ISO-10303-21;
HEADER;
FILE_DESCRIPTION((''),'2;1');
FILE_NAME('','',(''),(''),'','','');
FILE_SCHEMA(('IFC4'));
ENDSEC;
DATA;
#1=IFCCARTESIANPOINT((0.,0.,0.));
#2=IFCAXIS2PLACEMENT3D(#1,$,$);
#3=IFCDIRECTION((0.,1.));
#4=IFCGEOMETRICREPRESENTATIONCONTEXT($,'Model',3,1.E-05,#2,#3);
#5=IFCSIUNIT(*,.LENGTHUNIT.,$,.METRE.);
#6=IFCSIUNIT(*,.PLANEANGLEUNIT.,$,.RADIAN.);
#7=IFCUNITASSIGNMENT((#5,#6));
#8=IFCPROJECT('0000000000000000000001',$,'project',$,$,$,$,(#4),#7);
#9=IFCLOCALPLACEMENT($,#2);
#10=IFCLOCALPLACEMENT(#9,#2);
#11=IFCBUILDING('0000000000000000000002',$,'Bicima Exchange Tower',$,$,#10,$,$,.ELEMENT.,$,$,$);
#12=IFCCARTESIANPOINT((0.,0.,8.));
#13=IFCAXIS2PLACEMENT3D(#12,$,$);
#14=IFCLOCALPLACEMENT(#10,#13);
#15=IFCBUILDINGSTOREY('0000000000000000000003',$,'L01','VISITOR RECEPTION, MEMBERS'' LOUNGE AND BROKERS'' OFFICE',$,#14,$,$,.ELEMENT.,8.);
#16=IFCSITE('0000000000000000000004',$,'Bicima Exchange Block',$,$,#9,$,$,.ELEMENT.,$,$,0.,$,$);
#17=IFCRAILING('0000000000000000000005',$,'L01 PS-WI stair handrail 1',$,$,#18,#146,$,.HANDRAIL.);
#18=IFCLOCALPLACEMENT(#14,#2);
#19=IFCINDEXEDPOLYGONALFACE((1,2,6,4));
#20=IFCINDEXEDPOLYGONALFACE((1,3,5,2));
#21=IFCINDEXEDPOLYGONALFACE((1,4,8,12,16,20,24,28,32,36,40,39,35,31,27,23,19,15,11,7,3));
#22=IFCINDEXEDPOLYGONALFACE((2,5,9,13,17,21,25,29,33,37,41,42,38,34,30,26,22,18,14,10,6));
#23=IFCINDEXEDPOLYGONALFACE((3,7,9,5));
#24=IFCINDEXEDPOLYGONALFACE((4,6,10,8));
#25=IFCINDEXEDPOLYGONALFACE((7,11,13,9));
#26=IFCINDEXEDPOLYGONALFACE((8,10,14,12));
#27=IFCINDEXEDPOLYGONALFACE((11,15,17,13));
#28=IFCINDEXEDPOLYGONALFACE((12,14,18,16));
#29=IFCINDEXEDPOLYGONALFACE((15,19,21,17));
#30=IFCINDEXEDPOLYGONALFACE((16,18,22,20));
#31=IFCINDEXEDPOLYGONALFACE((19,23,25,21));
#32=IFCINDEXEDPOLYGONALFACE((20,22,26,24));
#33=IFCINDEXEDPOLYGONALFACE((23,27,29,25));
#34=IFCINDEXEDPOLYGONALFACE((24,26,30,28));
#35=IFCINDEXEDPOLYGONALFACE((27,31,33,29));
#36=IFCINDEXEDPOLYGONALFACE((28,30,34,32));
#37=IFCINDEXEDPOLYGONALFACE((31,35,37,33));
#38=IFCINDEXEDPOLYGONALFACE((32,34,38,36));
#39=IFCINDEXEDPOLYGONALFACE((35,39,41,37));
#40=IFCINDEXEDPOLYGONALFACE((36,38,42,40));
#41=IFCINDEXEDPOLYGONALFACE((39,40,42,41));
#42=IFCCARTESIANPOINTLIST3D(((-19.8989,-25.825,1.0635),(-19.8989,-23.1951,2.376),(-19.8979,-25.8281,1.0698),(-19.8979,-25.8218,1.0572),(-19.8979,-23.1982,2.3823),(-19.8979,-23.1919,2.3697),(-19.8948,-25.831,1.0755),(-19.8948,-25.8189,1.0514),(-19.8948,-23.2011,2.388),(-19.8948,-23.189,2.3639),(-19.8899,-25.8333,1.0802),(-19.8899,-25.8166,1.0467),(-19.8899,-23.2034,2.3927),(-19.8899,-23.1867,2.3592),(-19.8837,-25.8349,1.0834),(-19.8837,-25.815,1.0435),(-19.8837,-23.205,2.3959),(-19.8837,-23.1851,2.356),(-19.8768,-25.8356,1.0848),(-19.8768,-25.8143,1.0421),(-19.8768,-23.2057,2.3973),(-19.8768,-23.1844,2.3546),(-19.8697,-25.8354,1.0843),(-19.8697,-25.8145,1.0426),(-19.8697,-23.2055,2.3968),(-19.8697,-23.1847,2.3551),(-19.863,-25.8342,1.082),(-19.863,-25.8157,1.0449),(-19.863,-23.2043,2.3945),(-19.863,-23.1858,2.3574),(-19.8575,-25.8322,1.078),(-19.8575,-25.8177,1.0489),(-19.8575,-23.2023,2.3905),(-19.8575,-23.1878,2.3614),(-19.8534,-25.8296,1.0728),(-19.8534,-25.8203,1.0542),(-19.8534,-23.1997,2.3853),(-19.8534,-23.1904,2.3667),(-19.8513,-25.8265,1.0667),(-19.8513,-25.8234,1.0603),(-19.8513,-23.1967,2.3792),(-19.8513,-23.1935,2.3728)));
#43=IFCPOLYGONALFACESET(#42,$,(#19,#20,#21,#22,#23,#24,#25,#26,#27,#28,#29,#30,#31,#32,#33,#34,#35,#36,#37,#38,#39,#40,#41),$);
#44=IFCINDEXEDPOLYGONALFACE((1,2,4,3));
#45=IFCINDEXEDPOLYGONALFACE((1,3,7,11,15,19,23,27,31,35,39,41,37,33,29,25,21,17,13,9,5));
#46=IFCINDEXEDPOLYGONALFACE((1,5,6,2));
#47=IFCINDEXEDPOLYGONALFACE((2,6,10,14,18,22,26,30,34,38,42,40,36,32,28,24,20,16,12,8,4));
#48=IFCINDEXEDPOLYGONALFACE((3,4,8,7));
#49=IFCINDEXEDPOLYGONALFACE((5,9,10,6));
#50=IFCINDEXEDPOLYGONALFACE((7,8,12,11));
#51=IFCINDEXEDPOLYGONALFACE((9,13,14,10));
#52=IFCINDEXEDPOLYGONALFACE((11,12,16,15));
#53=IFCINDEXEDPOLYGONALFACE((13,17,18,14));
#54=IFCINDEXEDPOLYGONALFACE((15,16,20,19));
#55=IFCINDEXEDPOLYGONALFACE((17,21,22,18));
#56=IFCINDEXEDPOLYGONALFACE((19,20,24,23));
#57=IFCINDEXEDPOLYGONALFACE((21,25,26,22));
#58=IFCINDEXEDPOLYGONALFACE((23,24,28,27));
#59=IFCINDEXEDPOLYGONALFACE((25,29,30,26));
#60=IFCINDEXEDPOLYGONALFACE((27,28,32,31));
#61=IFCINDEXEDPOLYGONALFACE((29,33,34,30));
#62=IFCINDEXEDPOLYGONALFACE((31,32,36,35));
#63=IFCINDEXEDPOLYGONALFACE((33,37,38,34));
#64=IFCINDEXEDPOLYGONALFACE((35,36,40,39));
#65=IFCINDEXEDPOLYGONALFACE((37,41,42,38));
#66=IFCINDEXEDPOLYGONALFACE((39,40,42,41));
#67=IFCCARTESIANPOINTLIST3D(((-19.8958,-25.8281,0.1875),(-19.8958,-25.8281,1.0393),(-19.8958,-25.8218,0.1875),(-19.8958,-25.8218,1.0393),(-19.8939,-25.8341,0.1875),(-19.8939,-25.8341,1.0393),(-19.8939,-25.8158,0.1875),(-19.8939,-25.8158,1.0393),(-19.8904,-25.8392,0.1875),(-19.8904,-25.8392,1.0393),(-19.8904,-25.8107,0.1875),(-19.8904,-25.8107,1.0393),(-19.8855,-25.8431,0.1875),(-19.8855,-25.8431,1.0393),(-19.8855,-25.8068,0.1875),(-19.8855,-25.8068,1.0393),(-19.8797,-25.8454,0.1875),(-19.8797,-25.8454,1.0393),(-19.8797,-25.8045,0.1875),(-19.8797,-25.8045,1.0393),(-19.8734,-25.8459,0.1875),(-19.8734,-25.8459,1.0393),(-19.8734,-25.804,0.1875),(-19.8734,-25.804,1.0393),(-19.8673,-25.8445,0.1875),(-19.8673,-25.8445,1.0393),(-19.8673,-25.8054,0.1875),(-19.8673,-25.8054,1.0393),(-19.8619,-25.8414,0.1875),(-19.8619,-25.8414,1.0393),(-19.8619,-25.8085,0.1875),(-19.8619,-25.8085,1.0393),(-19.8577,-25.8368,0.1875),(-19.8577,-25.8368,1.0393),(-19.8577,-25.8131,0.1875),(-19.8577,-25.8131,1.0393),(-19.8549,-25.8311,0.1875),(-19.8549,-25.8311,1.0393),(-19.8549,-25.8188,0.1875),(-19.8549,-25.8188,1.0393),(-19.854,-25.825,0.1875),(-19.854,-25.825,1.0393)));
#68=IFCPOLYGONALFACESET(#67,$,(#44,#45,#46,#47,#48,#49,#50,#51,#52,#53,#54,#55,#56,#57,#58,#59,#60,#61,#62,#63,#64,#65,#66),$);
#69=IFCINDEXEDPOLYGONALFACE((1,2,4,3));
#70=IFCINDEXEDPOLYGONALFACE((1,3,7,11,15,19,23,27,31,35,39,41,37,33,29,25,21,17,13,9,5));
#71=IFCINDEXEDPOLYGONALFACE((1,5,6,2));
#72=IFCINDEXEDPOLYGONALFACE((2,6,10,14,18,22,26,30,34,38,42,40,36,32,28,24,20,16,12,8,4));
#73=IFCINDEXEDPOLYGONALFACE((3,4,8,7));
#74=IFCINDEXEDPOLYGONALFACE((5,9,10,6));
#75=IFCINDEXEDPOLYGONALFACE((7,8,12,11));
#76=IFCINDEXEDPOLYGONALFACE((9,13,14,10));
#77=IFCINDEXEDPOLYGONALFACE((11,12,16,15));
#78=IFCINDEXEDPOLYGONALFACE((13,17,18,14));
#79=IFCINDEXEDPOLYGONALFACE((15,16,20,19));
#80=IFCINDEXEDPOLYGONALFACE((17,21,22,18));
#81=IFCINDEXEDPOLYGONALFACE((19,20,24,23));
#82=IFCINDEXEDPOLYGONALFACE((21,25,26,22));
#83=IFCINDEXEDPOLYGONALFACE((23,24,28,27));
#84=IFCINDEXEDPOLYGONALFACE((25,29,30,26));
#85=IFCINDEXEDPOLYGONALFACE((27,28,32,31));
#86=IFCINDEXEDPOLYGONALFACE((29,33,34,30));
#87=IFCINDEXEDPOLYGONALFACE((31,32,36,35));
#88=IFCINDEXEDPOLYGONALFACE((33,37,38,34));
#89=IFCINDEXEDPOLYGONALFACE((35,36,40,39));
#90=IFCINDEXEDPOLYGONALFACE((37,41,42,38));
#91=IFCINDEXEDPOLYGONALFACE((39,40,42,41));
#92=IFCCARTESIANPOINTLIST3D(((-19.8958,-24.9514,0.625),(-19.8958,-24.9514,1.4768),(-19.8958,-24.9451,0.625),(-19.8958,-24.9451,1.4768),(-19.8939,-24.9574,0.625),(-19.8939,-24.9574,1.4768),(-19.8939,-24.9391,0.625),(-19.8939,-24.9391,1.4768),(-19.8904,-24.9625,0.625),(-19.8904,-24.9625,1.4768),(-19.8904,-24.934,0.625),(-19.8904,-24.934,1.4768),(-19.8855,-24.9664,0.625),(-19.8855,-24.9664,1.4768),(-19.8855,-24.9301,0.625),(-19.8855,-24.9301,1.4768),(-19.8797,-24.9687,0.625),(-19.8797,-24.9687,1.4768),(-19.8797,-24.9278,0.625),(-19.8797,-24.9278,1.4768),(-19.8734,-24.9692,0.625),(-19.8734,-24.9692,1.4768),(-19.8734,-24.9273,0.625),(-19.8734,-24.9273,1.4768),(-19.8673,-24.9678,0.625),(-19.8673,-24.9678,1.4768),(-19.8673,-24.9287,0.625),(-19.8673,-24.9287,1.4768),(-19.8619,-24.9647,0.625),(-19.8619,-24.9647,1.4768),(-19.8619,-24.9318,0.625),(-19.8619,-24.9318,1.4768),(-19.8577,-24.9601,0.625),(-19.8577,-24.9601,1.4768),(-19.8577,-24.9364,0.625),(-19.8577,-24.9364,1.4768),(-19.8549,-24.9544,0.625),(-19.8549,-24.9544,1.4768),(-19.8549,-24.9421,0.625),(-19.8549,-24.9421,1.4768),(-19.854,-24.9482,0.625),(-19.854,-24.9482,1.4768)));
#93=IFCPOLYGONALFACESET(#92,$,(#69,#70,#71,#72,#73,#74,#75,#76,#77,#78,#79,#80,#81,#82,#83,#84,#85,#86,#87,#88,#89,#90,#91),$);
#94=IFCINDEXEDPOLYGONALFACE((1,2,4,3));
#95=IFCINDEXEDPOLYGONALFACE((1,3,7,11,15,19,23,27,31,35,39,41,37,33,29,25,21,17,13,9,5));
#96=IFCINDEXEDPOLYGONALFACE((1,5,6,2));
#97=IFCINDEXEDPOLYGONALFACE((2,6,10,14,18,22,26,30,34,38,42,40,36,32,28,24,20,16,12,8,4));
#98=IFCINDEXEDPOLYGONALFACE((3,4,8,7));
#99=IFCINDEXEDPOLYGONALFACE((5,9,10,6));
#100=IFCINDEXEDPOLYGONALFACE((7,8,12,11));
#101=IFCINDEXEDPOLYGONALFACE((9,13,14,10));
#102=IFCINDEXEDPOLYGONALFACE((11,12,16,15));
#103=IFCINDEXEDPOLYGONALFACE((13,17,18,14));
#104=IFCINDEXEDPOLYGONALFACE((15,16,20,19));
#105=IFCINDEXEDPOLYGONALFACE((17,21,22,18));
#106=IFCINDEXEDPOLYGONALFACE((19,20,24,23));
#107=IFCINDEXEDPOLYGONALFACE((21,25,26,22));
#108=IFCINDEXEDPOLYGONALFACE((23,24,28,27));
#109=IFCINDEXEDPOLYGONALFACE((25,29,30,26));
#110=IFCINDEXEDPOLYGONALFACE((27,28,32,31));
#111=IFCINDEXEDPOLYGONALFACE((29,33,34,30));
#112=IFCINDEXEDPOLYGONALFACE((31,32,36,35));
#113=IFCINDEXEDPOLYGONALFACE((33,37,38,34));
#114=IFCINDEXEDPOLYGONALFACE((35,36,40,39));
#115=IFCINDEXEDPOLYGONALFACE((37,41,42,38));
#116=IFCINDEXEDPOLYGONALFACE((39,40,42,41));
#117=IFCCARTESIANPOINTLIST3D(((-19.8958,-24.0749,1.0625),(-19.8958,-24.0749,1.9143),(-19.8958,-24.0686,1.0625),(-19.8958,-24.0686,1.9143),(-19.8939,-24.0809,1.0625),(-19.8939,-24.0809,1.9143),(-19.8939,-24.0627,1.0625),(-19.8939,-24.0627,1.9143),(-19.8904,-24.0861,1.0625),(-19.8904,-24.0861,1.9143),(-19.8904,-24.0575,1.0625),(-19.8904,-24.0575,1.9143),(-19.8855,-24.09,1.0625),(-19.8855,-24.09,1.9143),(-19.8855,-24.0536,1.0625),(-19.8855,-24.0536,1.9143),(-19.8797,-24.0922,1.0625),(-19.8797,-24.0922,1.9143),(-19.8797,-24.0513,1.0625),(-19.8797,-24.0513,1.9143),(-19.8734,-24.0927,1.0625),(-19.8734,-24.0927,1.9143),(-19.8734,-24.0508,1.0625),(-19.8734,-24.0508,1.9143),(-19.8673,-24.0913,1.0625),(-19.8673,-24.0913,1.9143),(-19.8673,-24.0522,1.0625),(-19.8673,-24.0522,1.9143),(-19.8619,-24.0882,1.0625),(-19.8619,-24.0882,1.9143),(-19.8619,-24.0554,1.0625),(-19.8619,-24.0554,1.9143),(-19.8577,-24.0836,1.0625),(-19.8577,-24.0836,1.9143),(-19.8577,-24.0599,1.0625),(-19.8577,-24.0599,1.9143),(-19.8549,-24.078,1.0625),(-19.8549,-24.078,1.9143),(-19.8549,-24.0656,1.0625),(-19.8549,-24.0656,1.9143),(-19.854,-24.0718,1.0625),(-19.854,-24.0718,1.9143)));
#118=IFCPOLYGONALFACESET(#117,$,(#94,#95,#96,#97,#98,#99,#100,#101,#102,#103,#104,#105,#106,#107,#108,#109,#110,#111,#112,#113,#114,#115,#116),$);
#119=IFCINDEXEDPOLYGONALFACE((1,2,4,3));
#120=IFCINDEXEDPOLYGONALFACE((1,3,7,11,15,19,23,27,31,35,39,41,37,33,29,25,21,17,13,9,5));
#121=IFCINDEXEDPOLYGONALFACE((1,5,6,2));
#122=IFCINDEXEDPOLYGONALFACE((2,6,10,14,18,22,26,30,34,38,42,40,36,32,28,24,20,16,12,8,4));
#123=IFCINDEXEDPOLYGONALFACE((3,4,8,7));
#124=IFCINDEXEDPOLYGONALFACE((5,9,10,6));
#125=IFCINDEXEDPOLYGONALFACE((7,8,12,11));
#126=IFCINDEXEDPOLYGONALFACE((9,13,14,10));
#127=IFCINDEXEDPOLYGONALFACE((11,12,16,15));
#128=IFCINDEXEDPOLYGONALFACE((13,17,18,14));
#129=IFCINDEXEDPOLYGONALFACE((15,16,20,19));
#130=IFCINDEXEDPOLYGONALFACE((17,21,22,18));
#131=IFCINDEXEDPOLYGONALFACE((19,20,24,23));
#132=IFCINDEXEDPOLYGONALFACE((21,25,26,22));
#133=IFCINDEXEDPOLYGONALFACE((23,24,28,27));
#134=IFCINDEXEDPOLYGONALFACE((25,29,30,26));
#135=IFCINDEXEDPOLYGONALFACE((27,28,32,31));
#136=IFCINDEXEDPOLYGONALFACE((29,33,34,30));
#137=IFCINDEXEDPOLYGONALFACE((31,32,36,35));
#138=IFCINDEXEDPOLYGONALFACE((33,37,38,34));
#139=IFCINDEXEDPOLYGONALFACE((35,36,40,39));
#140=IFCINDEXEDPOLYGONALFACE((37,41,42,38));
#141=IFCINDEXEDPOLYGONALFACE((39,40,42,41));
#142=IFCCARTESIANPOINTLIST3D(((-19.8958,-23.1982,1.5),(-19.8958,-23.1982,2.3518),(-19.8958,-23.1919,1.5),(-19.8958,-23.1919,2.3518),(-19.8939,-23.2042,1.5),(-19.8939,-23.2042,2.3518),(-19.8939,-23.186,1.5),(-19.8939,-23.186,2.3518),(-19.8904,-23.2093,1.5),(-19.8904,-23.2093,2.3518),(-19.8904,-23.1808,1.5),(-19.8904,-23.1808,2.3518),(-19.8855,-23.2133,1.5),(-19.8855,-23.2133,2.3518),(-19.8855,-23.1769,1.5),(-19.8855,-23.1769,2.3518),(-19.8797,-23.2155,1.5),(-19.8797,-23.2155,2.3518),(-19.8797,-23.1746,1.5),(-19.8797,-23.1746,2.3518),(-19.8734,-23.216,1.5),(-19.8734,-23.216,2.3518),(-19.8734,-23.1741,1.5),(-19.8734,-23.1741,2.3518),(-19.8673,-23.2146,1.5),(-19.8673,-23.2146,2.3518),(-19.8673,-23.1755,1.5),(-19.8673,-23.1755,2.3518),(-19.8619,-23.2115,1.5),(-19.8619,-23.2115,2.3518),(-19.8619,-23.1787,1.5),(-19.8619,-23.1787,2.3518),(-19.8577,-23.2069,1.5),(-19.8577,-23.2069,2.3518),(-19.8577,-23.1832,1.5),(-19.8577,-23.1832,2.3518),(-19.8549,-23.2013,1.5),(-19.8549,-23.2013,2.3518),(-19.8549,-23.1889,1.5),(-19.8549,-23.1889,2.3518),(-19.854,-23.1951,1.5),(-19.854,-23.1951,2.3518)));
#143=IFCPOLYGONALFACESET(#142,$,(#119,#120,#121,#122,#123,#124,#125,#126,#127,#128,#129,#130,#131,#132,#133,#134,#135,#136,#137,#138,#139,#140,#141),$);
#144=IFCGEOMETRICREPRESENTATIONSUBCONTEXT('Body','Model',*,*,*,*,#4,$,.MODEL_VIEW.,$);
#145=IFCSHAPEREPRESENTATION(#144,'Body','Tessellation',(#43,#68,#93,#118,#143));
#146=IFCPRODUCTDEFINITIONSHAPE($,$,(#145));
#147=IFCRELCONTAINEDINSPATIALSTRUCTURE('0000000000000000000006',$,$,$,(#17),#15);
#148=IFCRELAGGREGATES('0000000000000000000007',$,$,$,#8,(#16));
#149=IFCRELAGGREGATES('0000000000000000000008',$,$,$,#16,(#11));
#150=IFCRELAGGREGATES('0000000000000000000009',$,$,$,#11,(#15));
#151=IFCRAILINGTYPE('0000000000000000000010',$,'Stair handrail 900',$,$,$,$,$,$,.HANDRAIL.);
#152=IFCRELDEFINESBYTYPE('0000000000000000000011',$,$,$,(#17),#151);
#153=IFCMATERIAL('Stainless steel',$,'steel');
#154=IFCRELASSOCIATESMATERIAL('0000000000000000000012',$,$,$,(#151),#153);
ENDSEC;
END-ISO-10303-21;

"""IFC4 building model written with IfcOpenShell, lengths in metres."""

from ifc_helpers import new_model, si_unit, direction, frame, origin, origin_2d, place, context, subcontext, project, spatial, circle, extrude, material, type_object, element, save


model = new_model("IFC4")

# Units and contexts
model_context = context("Model", 3, precision=1e-05, world=origin(), true_north=direction((0.0, 1.0)))
body_context = subcontext(model_context, "Body", "Model", "MODEL_VIEW")
ifc_project = project(units=[si_unit("LENGTHUNIT", "METRE"), si_unit("PLANEANGLEUNIT", "RADIAN")], contexts=[model_context])

# Site, building, storey
site_placement = place(None, origin())
site = spatial("IfcSite", under=ifc_project, at=site_placement, Name="Bicima Exchange Block", CompositionType="ELEMENT", RefElevation=0.0)
building_placement = place(site_placement, origin())
building = spatial("IfcBuilding", under=site, at=building_placement, Name="Bicima Exchange Tower", CompositionType="ELEMENT")
storey_placement = place(building_placement, frame((0.0, 0.0, 8.0)))
storey = spatial("IfcBuildingStorey", under=building, at=storey_placement, Name="L01", Description="VISITOR RECEPTION, MEMBERS' LOUNGE AND BROKERS' OFFICE", CompositionType="ELEMENT", Elevation=8.0)

# Shared definitions
ifc_material_1 = material(Name="Stainless steel", Category="steel")

# Railing
railing_type = type_object("IfcRailingType", Name="Stair handrail 900", PredefinedType="HANDRAIL", material=ifc_material_1)
for number, where, name in (
    (1, (-19.875, -25.825, 0.1875), "L01 PS-WI stair handrail 1"),
):
    element("IfcRailing", number, at=place(storey_placement, frame(where)), inside=storey, type_object=railing_type, Name=name, PredefinedType="HANDRAIL", context=body_context, shape_type="SweptSolid", body=[
        extrude(circle(Radius=0.0239, at=origin_2d()), frame((0.0, 0.0, 0.876), z_axis=(0.0, 0.894759, 0.446549), x_axis=(-1.0, 0.0, 0.0)), (0.0, 0.0, 1.0), 2.9392),
        extrude(circle(Radius=0.021, at=origin_2d()), origin(), (0.0, 0.0, 1.0), 0.8518),
        extrude(circle(Radius=0.021, at=origin_2d()), frame((0.0, 0.8767, 0.4375)), (0.0, 0.0, 1.0), 0.8518),
        extrude(circle(Radius=0.021, at=origin_2d()), frame((0.0, 1.7532, 0.875)), (0.0, 0.0, 1.0), 0.8518),
        extrude(circle(Radius=0.021, at=origin_2d()), frame((0.0, 2.6299, 1.3125)), (0.0, 0.0, 1.0), 0.8518),
    ])

save(model, "model.ifc")
